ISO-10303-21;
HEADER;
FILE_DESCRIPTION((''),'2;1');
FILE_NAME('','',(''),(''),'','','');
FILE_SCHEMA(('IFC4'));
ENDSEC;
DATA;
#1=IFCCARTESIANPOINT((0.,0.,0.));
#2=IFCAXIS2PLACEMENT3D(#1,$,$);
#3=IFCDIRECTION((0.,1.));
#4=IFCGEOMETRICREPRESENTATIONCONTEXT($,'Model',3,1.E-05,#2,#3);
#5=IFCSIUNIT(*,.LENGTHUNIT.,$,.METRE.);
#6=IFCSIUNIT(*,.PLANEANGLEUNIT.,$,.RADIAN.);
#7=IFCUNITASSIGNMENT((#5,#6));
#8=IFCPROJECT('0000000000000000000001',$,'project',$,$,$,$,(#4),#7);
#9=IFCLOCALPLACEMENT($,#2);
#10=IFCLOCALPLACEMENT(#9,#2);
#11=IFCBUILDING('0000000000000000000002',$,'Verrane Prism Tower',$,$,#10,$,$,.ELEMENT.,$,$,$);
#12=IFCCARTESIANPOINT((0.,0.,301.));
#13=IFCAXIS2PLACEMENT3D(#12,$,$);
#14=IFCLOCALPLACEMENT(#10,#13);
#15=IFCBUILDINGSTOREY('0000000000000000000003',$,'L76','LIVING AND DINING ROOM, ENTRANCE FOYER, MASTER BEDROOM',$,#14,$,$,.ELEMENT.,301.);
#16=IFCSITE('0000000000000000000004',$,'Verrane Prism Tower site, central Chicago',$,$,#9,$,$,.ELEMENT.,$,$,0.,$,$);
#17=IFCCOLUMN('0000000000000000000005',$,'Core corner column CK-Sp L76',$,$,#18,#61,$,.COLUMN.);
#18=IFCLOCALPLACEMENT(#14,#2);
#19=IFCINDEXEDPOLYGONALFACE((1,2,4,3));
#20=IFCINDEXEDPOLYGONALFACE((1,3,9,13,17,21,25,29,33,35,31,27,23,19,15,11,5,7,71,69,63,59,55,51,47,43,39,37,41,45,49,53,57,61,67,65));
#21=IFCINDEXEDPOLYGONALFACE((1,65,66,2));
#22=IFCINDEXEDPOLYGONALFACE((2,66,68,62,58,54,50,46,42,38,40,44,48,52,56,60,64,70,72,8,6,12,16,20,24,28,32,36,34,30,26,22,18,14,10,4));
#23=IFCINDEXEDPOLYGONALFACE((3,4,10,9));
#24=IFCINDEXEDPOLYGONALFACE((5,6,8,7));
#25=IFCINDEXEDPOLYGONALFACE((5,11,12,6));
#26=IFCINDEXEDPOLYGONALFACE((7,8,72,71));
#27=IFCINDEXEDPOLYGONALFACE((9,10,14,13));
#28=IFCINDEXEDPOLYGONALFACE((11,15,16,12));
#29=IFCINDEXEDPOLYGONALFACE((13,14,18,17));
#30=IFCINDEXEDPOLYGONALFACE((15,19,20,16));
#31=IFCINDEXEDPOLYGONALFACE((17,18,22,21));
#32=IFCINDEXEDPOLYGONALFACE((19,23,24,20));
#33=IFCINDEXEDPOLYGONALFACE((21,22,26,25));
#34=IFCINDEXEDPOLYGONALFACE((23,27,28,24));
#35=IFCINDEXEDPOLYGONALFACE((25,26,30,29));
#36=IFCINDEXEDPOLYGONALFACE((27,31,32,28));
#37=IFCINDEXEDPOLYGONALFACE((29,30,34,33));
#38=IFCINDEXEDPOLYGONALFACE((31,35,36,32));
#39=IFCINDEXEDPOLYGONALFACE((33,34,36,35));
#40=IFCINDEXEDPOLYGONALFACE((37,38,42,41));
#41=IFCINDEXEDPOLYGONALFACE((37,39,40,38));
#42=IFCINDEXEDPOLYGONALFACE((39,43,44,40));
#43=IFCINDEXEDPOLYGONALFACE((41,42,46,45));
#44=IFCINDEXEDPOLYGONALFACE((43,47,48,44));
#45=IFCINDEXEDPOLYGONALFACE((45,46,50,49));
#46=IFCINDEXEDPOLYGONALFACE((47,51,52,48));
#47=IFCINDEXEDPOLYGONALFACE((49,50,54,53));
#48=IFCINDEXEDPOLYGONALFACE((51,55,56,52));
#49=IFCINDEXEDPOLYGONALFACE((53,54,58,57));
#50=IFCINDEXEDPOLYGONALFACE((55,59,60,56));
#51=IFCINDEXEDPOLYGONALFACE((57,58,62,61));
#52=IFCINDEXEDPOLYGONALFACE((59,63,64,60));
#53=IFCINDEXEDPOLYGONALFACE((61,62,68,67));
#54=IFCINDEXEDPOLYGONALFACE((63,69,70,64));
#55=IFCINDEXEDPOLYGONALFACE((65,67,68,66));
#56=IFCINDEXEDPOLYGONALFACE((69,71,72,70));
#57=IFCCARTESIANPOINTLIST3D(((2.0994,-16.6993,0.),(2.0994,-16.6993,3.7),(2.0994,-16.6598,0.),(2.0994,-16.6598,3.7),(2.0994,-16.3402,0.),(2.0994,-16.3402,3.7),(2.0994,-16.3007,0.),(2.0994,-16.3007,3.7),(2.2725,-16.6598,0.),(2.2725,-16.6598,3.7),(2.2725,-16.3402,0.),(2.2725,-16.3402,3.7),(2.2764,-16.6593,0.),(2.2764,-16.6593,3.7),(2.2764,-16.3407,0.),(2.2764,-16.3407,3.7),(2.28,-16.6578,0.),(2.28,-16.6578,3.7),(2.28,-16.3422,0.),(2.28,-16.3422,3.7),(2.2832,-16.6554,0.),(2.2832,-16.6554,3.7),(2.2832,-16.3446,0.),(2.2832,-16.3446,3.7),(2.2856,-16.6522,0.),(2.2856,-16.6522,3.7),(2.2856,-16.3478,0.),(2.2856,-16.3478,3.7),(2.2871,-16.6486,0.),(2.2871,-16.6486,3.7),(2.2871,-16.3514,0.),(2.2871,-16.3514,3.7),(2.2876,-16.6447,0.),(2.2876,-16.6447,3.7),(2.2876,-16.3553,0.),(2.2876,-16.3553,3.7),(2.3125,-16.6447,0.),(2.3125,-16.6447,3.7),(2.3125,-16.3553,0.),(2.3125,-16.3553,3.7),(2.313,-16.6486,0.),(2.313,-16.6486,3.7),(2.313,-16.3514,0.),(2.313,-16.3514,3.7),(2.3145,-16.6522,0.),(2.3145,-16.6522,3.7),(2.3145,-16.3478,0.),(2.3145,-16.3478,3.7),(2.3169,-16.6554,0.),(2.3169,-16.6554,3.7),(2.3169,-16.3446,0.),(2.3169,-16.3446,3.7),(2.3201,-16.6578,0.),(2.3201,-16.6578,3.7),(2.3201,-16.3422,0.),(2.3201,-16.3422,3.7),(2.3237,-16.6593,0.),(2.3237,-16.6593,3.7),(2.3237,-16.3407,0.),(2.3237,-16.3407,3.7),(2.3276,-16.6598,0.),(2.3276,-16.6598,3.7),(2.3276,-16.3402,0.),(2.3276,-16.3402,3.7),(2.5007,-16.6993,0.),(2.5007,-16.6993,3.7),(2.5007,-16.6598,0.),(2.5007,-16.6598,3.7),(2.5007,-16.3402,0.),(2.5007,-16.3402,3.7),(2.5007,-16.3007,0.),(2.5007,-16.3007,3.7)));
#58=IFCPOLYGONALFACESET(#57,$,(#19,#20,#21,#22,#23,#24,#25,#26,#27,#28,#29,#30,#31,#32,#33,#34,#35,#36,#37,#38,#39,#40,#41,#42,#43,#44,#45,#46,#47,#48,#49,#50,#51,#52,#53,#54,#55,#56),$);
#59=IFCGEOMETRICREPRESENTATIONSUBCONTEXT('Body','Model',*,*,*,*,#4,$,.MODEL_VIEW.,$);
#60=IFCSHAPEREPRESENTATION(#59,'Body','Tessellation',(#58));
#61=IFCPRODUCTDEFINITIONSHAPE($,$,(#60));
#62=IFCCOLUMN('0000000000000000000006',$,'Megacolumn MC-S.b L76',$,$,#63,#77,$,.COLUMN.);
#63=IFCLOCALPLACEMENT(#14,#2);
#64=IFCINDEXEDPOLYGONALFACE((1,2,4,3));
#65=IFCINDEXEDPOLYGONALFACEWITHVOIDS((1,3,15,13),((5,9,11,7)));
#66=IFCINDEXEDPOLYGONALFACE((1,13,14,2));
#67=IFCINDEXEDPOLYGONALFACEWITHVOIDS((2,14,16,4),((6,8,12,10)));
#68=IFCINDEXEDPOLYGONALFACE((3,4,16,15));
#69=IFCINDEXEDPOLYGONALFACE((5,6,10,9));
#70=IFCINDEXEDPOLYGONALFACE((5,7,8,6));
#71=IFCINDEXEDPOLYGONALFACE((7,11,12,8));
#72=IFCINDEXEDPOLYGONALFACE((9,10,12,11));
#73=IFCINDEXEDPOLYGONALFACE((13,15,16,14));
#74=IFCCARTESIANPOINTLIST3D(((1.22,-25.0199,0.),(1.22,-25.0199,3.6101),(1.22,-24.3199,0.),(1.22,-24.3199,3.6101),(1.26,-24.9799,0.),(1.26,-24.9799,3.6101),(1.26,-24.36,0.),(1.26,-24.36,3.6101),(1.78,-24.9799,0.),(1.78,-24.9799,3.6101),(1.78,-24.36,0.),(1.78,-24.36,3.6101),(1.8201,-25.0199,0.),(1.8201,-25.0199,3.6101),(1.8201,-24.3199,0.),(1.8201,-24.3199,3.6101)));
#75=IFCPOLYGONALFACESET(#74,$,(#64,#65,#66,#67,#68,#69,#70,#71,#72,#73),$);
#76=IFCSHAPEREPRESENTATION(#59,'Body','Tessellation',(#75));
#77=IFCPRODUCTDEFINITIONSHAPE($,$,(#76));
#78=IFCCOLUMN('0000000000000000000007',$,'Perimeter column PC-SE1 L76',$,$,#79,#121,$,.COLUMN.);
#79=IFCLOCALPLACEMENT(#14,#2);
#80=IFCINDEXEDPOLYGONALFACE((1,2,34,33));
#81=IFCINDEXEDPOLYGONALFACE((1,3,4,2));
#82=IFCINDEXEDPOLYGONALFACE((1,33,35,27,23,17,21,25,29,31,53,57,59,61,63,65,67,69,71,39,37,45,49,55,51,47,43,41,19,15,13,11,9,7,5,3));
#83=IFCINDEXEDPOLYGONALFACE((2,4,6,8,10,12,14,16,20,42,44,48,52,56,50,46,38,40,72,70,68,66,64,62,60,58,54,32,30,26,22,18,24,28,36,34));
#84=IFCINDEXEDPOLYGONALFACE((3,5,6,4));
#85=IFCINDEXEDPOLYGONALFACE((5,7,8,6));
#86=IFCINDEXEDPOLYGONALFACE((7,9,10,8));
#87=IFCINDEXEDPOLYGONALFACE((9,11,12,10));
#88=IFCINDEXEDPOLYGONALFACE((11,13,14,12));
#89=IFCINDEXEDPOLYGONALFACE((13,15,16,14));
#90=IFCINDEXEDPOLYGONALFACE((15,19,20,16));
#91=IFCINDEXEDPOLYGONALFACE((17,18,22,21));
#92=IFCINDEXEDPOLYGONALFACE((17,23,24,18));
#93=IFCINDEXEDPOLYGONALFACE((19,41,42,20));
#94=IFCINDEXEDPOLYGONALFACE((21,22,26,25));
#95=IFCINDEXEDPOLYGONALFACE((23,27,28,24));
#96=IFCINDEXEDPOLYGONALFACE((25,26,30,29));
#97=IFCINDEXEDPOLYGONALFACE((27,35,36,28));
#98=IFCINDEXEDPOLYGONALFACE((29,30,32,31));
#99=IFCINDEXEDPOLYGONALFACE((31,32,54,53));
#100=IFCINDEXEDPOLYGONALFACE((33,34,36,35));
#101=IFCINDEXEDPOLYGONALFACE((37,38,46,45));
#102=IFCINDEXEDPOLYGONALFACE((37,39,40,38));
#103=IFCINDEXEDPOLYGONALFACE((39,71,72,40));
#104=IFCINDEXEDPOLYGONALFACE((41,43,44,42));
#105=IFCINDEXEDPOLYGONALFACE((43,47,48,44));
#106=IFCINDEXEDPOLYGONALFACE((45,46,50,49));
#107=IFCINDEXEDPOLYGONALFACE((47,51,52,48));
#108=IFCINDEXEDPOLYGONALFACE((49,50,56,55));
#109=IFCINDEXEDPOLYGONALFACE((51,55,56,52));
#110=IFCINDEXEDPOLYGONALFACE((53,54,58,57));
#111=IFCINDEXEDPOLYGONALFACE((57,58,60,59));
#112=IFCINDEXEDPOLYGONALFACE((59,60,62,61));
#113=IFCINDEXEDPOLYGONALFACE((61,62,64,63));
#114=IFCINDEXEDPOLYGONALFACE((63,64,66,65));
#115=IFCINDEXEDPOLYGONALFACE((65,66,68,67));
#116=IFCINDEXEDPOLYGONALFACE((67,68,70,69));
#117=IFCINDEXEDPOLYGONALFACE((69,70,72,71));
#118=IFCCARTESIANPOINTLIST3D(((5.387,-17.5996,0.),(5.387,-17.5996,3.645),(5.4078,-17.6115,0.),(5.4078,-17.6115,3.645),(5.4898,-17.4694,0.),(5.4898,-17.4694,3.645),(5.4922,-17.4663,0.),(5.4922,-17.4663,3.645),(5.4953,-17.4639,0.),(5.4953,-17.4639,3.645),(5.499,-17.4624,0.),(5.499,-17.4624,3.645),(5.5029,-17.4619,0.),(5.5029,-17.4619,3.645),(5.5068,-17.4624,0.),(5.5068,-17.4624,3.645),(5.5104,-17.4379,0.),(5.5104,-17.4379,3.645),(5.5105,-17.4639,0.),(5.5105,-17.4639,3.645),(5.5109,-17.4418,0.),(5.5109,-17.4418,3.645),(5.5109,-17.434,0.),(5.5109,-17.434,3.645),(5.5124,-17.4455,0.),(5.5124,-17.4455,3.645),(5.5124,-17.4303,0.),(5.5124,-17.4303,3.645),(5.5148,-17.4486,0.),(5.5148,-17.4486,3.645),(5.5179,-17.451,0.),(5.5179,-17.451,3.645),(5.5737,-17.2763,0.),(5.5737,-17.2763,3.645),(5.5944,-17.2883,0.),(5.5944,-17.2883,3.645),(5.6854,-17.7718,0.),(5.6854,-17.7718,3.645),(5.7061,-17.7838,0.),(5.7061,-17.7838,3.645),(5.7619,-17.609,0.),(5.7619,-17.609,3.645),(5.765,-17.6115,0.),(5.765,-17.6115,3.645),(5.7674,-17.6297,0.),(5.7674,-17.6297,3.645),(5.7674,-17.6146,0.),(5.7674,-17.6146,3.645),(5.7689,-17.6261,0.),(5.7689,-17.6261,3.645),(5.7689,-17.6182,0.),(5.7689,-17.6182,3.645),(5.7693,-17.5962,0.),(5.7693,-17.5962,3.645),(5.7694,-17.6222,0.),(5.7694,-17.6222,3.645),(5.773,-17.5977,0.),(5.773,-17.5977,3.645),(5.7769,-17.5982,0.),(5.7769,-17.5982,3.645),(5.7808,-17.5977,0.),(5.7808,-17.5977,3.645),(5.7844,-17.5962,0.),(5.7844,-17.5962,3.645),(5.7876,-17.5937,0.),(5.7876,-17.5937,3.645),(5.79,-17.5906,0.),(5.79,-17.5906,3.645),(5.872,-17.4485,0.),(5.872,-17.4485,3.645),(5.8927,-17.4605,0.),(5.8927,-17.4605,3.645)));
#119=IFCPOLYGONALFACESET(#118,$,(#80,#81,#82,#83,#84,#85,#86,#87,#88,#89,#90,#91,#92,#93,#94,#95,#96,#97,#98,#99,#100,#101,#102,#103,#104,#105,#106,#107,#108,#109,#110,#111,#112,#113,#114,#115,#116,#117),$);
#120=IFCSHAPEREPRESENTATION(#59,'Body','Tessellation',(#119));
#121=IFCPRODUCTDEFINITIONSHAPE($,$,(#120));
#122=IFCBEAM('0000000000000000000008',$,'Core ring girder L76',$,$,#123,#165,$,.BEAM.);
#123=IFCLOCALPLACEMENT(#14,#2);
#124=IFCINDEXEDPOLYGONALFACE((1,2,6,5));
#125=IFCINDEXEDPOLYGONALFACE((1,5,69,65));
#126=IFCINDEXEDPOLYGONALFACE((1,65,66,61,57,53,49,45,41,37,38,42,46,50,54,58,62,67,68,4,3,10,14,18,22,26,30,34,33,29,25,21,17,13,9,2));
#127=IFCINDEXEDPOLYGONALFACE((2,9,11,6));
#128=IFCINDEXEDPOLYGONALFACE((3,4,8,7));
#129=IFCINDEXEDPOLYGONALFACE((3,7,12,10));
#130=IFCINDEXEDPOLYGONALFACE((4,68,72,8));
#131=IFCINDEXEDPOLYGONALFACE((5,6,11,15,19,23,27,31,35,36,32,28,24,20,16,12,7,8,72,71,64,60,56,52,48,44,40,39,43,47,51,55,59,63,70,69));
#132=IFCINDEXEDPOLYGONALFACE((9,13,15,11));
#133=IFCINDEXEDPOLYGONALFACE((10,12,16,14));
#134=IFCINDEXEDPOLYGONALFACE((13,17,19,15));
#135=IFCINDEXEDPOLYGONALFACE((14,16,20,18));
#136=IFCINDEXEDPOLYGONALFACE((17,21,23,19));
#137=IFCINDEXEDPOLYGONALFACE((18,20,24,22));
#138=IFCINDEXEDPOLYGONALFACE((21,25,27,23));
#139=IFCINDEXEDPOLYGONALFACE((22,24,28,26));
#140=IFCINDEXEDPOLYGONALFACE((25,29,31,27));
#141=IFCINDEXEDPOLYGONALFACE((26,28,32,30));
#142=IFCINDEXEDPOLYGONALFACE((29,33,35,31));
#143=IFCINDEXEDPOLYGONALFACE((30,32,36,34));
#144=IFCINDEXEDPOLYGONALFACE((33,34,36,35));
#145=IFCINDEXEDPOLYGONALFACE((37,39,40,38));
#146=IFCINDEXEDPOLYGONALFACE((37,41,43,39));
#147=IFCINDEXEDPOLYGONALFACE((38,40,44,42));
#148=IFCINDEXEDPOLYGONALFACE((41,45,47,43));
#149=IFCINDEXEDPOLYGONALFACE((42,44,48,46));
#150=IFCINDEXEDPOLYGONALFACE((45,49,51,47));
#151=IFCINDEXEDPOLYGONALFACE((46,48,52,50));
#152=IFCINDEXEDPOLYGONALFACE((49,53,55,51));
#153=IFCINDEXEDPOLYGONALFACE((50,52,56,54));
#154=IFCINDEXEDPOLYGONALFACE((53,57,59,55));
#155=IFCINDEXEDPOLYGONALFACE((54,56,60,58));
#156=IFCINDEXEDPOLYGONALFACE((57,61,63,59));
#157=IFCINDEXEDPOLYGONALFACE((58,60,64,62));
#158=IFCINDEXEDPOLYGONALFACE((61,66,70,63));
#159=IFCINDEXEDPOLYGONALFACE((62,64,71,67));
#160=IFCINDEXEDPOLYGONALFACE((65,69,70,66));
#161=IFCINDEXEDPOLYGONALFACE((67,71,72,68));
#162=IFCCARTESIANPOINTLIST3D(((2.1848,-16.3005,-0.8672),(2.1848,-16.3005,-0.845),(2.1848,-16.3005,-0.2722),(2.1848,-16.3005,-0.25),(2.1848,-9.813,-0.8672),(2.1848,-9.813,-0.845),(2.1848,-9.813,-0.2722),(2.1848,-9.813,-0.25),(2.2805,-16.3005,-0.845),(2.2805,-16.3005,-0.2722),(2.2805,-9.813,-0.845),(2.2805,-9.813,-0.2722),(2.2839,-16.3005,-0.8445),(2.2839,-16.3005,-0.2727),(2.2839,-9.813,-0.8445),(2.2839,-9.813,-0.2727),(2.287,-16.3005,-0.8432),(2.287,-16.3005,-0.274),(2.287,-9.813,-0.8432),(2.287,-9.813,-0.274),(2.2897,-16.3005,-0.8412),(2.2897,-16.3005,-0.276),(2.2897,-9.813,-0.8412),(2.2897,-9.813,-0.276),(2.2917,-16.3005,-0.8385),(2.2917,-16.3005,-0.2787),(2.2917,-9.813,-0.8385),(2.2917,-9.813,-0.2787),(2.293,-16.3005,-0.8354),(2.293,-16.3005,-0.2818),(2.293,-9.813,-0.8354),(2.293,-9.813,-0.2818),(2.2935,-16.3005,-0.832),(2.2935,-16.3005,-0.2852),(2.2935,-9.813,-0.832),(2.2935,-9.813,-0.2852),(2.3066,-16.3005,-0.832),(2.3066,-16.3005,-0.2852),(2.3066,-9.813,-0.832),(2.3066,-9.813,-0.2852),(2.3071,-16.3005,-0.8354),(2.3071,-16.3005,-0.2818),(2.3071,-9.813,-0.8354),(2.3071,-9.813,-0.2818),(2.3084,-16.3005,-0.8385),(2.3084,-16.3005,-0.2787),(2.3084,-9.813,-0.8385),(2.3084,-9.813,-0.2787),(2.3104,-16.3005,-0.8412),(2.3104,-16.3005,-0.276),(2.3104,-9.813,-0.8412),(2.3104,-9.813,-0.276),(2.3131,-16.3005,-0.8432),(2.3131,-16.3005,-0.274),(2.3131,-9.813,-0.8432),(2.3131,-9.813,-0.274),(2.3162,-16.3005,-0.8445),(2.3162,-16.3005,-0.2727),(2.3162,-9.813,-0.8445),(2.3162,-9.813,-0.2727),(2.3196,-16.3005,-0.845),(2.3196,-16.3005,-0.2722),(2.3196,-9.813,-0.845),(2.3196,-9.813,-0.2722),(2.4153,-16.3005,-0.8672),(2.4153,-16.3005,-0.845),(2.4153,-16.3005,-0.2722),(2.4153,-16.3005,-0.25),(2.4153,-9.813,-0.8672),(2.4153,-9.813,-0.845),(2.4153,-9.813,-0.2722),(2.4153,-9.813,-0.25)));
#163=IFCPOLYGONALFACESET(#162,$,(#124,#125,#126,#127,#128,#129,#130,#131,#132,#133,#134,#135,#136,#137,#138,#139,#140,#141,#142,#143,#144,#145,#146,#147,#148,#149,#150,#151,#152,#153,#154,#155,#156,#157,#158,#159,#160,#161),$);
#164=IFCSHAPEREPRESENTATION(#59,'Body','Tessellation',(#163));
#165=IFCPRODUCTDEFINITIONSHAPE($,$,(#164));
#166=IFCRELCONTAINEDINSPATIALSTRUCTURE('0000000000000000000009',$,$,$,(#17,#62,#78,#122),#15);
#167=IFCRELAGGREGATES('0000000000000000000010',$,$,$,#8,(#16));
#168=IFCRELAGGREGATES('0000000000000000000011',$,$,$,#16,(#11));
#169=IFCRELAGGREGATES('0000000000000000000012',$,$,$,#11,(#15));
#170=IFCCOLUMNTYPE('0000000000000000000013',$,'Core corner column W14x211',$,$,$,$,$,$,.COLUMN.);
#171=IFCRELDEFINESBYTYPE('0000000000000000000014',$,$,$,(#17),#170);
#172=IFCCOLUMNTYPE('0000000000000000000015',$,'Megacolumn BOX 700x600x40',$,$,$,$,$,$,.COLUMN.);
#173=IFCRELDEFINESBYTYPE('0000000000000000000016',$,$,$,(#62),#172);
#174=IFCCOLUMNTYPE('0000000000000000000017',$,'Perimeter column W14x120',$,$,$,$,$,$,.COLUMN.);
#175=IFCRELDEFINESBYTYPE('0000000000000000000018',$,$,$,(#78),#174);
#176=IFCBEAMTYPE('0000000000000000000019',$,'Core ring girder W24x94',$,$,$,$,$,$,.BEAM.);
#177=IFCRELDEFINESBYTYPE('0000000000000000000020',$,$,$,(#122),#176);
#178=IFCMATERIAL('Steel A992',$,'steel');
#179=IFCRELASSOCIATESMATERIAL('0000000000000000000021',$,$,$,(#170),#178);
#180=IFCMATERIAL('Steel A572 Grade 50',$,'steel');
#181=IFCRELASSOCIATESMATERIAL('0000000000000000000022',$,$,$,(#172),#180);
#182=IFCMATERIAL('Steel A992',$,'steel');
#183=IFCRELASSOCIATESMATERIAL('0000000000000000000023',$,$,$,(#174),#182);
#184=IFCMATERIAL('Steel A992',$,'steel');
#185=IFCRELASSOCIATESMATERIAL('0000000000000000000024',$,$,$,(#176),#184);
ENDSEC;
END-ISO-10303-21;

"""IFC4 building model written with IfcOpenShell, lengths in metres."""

from ifc_helpers import new_model, si_unit, direction, frame, origin, origin_2d, place, context, subcontext, project, spatial, hollow_rectangle, i_section, extrude, material, material_profile, profile_set, type_object, element, save


model = new_model("IFC4")

# Units and contexts
model_context = context("Model", 3, precision=1e-05, world=origin(), true_north=direction((0.0, 1.0)))
body_context = subcontext(model_context, "Body", "Model", "MODEL_VIEW")
ifc_project = project(units=[si_unit("LENGTHUNIT", "METRE"), si_unit("PLANEANGLEUNIT", "RADIAN")], contexts=[model_context])

# Site, building, storey
site_placement = place(None, origin())
site = spatial("IfcSite", under=ifc_project, at=site_placement, Name="Verrane Prism Tower site, central Chicago", CompositionType="ELEMENT", RefElevation=0.0)
building_placement = place(site_placement, origin())
building = spatial("IfcBuilding", under=site, at=building_placement, Name="Verrane Prism Tower", CompositionType="ELEMENT")
storey_placement = place(building_placement, frame((0.0, 0.0, 301.0)))
storey = spatial("IfcBuildingStorey", under=building, at=storey_placement, Name="L76", Description="LIVING AND DINING ROOM, ENTRANCE FOYER, MASTER BEDROOM", CompositionType="ELEMENT", Elevation=301.0)

# Columns
ifc_material_1 = material(Name="Steel A992", Category="steel")
ifc_material_profile_1 = material_profile(ifc_material_1, i_section(OverallWidth=0.4014, OverallDepth=0.3987, WebThickness=0.0249, FlangeThickness=0.0396, FilletRadius=0.0151, at=origin_2d()), Name="W14x211")
ifc_profile_set_1 = profile_set([ifc_material_profile_1], Name="Steel A992")
column_type_1 = type_object("IfcColumnType", Name="Core corner column W14x211", PredefinedType="COLUMN", material=ifc_profile_set_1)
column_1_placement = place(storey_placement, frame((2.3, -16.5, 0.0), z_axis=(0.0, 0.0, 1.0), x_axis=(-1.0, 0.0, 0.0)))
element("IfcColumn", 1, at=column_1_placement, inside=storey, type_object=column_type_1, Name="Core corner column CK-Sp L76", PredefinedType="COLUMN", context=body_context, shape_type="SweptSolid", body=[
    extrude(i_section(OverallWidth=0.4014, OverallDepth=0.3987, WebThickness=0.0249, FlangeThickness=0.0396, FilletRadius=0.0151, at=origin_2d()), origin(), (0.0, 0.0, 1.0), 3.7),
])
ifc_material_2 = material(Name="Steel A572 Grade 50", Category="steel")
ifc_material_profile_2 = material_profile(ifc_material_2, hollow_rectangle(XDim=0.6001, YDim=0.7, WallThickness=0.04, at=origin_2d()), Name="BOX 700x600x40")
ifc_profile_set_2 = profile_set([ifc_material_profile_2], Name="Steel A572 Grade 50")
column_type_2 = type_object("IfcColumnType", Name="Megacolumn BOX 700x600x40", PredefinedType="COLUMN", material=ifc_profile_set_2)
column_2_placement = place(storey_placement, frame((1.52, -24.6699, 0.0), z_axis=(0.0, 0.0, 1.0), x_axis=(-1.0, 0.0, 0.0)))
element("IfcColumn", 2, at=column_2_placement, inside=storey, type_object=column_type_2, Name="Megacolumn MC-S.b L76", PredefinedType="COLUMN", context=body_context, shape_type="SweptSolid", body=[
    extrude(hollow_rectangle(XDim=0.6001, YDim=0.7, WallThickness=0.04, at=origin_2d()), origin(), (0.0, 0.0, 1.0), 3.6101),
])
ifc_material_3 = material(Name="Steel A992", Category="steel")
ifc_material_profile_3 = material_profile(ifc_material_3, i_section(OverallWidth=0.3733, OverallDepth=0.3684, WebThickness=0.0149, FlangeThickness=0.0239, FilletRadius=0.0151, at=origin_2d()), Name="W14x120")
ifc_profile_set_3 = profile_set([ifc_material_profile_3], Name="Steel A992")
column_type_3 = type_object("IfcColumnType", Name="Perimeter column W14x120", PredefinedType="COLUMN", material=ifc_profile_set_3)
column_3_placement = place(storey_placement, frame((5.6399, -17.53, 0.0), z_axis=(0.0, 0.0, 1.0), x_axis=(-0.5, -0.866025, 0.0)))
element("IfcColumn", 3, at=column_3_placement, inside=storey, type_object=column_type_3, Name="Perimeter column PC-SE1 L76", PredefinedType="COLUMN", context=body_context, shape_type="SweptSolid", body=[
    extrude(i_section(OverallWidth=0.3733, OverallDepth=0.3684, WebThickness=0.0149, FlangeThickness=0.0239, FilletRadius=0.0151, at=origin_2d()), origin(), (0.0, 0.0, 1.0), 3.645),
])

# Beam
ifc_material_4 = material(Name="Steel A992", Category="steel")
ifc_material_profile_4 = material_profile(ifc_material_4, i_section(OverallWidth=0.2305, OverallDepth=0.6172, WebThickness=0.0132, FlangeThickness=0.0222, FilletRadius=0.0129, at=origin_2d()), Name="W24x94")
ifc_profile_set_4 = profile_set([ifc_material_profile_4], Name="Steel A992")
beam_type_1 = type_object("IfcBeamType", Name="Core ring girder W24x94", PredefinedType="BEAM", material=ifc_profile_set_4)
beam_1_placement = place(storey_placement, frame((2.3, -16.3005, -0.5586), z_axis=(0.0, 1.0, 0.0), x_axis=(-1.0, 0.0, 0.0)))
element("IfcBeam", 4, at=beam_1_placement, inside=storey, type_object=beam_type_1, Name="Core ring girder L76", PredefinedType="BEAM", context=body_context, shape_type="SweptSolid", body=[
    extrude(i_section(OverallWidth=0.2305, OverallDepth=0.6172, WebThickness=0.0132, FlangeThickness=0.0222, FilletRadius=0.0129, at=origin_2d()), origin(), (0.0, 0.0, 1.0), 6.4875),
])

save(model, "model.ifc")
